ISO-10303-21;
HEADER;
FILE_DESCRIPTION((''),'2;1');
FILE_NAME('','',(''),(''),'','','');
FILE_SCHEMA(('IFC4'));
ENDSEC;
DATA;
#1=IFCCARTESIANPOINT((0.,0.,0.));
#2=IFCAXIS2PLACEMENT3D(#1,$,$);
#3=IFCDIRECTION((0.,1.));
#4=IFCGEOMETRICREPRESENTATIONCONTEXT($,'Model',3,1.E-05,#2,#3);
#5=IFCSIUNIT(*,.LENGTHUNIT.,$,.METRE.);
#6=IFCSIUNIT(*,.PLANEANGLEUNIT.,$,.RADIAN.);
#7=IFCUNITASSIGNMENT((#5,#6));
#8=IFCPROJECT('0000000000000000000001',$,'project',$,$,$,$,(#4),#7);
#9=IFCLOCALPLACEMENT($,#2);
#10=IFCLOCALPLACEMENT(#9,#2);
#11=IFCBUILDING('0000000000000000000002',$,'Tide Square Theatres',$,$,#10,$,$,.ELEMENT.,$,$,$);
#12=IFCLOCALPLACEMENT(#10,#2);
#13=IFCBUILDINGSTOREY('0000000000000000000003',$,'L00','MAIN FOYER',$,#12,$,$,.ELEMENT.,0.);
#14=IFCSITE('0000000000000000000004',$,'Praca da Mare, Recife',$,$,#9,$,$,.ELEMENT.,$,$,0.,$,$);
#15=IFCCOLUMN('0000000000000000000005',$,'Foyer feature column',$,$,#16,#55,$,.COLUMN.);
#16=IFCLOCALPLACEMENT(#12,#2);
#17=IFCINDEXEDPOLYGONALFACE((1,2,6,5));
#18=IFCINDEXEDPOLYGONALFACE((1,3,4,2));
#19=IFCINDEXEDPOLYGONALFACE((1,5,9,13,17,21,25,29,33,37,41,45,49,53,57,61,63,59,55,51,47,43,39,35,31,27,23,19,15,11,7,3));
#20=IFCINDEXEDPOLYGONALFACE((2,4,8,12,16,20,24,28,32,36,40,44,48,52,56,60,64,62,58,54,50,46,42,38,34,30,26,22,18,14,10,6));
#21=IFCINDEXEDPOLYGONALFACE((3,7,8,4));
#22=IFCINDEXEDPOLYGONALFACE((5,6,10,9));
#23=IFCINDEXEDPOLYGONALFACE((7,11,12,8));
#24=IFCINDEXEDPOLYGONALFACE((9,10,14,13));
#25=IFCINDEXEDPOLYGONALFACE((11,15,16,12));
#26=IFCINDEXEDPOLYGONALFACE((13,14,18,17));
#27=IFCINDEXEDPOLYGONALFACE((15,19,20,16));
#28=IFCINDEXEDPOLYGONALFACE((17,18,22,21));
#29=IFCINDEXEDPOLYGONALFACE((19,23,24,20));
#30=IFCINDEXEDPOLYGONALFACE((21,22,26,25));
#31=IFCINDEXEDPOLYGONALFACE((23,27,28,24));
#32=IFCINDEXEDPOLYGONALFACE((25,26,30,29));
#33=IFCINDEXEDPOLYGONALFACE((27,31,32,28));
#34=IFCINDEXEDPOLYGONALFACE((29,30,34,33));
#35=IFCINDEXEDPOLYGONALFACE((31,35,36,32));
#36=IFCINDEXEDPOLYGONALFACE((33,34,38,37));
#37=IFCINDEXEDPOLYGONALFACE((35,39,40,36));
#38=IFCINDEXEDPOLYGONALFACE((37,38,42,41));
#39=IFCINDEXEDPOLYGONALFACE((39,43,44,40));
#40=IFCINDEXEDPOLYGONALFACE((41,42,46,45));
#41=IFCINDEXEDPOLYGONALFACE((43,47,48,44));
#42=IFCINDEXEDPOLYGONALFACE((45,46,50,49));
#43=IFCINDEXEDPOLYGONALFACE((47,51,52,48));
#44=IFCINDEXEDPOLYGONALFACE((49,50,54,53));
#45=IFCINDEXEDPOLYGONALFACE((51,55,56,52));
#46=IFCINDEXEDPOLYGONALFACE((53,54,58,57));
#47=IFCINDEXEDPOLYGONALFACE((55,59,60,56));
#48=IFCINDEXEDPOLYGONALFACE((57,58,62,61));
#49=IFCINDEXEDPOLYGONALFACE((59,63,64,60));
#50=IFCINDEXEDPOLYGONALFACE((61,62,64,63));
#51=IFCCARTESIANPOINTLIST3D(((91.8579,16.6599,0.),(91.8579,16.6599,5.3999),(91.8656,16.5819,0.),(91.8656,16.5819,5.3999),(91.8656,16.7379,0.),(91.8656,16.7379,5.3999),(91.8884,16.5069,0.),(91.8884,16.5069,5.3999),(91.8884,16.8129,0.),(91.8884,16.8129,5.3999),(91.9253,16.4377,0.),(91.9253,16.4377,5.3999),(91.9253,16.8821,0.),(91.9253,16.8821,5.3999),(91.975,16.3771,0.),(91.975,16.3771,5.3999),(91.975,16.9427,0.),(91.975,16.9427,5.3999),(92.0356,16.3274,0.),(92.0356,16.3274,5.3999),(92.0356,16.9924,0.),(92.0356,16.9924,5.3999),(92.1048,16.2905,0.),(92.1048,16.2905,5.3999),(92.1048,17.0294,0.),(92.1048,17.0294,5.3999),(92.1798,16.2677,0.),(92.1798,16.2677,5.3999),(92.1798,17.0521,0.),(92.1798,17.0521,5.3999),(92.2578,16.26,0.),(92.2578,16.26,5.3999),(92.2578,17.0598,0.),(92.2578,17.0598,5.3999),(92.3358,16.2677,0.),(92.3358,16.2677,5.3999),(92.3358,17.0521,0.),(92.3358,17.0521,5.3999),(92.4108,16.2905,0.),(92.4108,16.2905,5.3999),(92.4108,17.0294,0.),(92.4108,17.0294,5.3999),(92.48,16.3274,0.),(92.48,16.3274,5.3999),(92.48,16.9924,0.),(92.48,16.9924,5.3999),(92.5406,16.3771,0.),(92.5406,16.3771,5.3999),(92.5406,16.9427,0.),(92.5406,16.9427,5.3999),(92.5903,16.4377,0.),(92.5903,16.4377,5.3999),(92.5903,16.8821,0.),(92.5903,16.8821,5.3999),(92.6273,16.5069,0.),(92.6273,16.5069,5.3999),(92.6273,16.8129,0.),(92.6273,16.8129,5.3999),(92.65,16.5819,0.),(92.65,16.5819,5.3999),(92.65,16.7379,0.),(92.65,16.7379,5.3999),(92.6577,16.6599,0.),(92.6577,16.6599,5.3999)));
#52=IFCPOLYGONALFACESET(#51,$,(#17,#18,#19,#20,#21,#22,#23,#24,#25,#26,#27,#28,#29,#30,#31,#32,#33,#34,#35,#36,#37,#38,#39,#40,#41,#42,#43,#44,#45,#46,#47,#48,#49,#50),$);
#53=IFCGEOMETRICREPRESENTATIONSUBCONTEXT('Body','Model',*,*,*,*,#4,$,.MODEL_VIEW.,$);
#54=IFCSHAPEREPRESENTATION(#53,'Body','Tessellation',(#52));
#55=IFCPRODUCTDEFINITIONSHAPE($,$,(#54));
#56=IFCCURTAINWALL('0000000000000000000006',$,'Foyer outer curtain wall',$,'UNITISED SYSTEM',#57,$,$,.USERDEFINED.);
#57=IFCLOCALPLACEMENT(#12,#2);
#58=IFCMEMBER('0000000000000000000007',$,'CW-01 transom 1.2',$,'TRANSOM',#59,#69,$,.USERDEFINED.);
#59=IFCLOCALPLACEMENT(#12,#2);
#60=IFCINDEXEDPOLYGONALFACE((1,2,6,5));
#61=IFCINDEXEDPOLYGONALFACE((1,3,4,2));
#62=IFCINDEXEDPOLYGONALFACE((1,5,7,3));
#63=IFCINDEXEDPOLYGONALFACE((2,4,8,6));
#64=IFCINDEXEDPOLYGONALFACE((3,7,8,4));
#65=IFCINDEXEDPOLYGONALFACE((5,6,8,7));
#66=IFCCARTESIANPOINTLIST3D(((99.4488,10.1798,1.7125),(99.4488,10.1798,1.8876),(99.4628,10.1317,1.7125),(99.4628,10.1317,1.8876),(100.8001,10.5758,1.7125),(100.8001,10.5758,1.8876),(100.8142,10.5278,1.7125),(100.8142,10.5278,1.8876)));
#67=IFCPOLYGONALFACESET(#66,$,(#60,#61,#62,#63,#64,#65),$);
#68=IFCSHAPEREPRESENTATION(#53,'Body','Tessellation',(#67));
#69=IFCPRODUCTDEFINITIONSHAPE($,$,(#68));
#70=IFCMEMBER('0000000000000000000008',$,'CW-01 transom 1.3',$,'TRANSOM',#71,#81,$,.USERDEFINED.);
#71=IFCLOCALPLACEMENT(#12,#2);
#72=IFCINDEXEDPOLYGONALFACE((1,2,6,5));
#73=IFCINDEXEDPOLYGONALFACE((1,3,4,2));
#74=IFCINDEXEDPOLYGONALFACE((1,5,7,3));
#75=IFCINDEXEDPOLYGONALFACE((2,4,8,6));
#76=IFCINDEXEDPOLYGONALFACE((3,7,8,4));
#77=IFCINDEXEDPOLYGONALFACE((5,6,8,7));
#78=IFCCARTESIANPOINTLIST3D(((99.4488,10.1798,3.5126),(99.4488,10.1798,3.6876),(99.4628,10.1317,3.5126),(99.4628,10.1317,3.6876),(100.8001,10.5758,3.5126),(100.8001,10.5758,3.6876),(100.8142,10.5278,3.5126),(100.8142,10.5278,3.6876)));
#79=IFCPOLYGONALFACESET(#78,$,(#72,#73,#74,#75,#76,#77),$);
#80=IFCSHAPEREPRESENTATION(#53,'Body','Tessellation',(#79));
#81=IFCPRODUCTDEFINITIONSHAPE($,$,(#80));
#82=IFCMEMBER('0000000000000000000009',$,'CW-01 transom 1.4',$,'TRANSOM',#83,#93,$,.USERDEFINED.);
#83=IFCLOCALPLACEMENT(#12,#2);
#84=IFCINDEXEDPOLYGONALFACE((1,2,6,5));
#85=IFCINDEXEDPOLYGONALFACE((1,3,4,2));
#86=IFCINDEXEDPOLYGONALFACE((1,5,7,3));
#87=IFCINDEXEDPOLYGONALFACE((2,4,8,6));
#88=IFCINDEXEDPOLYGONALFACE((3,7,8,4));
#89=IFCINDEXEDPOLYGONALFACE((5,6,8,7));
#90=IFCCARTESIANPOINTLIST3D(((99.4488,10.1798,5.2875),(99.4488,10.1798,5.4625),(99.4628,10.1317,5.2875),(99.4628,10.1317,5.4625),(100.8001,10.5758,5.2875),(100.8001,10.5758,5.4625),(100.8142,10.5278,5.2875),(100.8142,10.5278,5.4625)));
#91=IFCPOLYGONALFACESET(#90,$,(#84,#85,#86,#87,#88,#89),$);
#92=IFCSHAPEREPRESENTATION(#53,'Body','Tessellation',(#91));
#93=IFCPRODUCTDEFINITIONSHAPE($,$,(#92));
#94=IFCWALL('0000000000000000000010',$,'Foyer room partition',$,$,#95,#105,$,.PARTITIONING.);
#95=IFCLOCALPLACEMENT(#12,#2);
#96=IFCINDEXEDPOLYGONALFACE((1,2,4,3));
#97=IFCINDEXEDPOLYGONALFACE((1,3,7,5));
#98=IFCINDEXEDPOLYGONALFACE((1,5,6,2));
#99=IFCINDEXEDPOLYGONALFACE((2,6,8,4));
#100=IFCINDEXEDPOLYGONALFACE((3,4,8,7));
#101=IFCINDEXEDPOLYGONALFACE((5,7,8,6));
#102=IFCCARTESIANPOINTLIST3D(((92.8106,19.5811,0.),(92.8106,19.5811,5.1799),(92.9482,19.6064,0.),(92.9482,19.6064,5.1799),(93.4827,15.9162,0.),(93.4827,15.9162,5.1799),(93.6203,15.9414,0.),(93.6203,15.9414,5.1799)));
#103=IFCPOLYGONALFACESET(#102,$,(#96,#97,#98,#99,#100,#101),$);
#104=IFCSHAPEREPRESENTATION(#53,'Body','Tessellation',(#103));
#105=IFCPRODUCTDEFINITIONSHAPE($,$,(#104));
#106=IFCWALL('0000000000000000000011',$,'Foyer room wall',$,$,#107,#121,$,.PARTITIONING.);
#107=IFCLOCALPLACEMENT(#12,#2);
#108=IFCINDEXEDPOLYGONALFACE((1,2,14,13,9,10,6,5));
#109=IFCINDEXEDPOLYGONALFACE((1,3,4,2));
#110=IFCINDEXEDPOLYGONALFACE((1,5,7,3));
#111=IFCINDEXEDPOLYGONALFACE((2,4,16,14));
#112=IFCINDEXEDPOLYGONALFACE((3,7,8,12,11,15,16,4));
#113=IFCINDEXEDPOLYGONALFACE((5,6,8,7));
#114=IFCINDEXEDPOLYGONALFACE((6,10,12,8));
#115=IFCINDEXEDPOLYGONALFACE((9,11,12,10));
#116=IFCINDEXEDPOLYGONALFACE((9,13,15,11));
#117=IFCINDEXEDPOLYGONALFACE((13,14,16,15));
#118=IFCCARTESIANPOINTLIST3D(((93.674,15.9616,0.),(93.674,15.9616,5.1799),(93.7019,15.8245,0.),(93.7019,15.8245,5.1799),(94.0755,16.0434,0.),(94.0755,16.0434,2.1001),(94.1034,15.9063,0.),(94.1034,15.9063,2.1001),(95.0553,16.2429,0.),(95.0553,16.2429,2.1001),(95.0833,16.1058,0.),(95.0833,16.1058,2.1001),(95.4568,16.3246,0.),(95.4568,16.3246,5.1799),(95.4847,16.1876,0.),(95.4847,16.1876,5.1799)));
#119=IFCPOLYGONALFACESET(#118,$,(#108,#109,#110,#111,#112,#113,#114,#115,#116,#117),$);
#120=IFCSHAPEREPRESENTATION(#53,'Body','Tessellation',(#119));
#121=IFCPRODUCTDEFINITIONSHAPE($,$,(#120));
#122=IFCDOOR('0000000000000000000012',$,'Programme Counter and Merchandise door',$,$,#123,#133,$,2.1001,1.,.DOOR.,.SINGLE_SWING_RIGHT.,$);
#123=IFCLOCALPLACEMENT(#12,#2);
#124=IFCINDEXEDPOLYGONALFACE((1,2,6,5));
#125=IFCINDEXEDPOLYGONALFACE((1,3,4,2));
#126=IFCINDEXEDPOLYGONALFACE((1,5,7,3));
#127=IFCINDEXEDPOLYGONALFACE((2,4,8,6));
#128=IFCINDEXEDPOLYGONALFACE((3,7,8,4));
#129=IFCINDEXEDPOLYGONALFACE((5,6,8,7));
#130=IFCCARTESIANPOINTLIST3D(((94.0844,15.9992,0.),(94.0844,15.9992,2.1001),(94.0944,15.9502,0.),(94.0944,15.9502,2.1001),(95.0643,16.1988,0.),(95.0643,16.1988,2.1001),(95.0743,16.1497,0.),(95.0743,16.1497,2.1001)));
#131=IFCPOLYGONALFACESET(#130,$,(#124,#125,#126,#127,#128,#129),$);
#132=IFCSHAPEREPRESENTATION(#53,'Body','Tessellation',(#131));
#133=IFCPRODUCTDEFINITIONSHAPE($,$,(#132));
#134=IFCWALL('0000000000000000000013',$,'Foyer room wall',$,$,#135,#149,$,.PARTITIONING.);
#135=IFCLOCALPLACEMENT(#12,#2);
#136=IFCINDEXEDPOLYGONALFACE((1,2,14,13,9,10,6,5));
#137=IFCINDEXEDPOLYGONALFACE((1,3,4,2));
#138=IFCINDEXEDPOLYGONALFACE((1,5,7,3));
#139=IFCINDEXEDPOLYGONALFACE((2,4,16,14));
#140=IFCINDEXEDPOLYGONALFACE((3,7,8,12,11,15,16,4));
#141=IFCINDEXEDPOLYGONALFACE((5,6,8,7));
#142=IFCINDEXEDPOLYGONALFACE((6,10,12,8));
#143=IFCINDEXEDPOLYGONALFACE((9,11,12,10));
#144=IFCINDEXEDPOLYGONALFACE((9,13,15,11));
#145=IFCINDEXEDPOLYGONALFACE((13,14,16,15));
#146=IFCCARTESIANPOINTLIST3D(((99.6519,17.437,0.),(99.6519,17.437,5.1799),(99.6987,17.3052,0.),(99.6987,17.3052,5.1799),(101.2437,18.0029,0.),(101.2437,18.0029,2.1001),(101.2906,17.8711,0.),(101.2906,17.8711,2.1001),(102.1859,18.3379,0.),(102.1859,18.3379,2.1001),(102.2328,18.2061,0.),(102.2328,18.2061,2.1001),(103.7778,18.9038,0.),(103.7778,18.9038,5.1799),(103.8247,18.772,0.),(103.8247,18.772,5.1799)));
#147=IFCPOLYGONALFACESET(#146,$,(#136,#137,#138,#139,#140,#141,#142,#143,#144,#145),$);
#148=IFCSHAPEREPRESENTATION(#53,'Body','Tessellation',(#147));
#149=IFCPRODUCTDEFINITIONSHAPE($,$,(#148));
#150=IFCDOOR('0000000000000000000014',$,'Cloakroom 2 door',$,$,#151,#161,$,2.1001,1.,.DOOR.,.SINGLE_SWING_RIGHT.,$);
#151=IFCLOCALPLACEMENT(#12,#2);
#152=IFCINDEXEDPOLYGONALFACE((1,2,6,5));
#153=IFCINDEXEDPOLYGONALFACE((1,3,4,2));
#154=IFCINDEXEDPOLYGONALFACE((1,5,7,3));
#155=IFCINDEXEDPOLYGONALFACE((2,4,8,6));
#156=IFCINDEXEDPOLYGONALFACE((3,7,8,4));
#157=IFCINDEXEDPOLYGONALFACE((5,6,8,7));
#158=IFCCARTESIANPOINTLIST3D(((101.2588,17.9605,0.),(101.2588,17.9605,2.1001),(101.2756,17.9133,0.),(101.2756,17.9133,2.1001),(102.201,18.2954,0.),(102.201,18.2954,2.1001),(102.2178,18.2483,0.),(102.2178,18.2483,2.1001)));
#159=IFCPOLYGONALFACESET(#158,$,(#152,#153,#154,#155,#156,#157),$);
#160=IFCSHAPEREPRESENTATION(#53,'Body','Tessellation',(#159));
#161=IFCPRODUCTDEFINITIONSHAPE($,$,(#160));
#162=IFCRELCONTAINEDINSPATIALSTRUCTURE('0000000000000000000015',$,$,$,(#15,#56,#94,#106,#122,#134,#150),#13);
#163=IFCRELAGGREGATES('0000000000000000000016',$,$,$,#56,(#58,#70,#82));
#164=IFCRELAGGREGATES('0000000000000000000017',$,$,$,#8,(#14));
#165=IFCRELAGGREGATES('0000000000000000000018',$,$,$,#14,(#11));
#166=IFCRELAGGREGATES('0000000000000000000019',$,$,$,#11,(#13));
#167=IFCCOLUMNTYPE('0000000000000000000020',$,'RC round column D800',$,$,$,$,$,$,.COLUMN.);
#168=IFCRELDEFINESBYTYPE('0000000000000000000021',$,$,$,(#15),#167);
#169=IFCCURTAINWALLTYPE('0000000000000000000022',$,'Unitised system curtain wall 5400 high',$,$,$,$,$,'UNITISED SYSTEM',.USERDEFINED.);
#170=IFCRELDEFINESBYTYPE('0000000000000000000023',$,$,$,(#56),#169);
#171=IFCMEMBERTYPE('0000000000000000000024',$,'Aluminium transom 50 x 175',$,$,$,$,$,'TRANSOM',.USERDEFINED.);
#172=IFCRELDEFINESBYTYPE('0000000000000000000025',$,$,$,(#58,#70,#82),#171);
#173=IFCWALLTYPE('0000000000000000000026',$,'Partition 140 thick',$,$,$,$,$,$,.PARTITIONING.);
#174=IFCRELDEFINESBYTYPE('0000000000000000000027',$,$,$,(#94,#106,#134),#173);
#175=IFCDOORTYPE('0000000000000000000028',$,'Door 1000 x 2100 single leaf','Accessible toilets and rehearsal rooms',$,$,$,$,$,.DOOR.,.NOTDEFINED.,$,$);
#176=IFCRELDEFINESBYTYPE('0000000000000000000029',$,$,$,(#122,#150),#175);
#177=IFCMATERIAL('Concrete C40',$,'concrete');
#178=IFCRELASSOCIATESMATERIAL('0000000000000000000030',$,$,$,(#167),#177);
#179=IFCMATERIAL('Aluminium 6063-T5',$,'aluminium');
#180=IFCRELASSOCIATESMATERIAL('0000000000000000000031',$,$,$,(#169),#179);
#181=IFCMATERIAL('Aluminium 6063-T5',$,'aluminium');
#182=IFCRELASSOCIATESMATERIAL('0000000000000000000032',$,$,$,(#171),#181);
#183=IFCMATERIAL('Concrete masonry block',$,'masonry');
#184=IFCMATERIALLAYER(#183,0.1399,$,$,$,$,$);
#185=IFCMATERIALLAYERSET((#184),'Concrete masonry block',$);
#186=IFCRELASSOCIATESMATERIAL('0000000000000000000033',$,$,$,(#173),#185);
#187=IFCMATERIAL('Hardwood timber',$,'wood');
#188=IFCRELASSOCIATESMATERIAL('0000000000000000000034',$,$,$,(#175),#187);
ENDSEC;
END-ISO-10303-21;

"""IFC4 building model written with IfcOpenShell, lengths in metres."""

from ifc_helpers import new_model, si_unit, direction, frame, frame_2d, origin, origin_2d, place, context, subcontext, project, spatial, rectangle, circle, extrude, material, layer, layer_set, material_profile, profile_set, type_object, element, fill, aggregate, save


model = new_model("IFC4")

# Units and contexts
model_context = context("Model", 3, precision=1e-05, world=origin(), true_north=direction((0.0, 1.0)))
body_context = subcontext(model_context, "Body", "Model", "MODEL_VIEW")
ifc_project = project(units=[si_unit("LENGTHUNIT", "METRE"), si_unit("PLANEANGLEUNIT", "RADIAN")], contexts=[model_context])

# Site, building, storey
site_placement = place(None, origin())
site = spatial("IfcSite", under=ifc_project, at=site_placement, Name="Praca da Mare, Recife", CompositionType="ELEMENT", RefElevation=0.0)
building_placement = place(site_placement, origin())
building = spatial("IfcBuilding", under=site, at=building_placement, Name="Tide Square Theatres", CompositionType="ELEMENT")
storey_placement = place(building_placement, origin())
storey = spatial("IfcBuildingStorey", under=building, at=storey_placement, Name="L00", Description="MAIN FOYER", CompositionType="ELEMENT", Elevation=0.0)

# Column
ifc_material_1 = material(Name="Concrete C40", Category="concrete")
ifc_material_profile_1 = material_profile(ifc_material_1, circle(Radius=0.3999, at=origin_2d()))
ifc_profile_set_1 = profile_set([ifc_material_profile_1], Name="Concrete C40")
column_type = type_object("IfcColumnType", Name="RC round column D800", PredefinedType="COLUMN", material=ifc_profile_set_1)
column_placement = place(storey_placement, frame((92.2578, 16.6599, 0.0), z_axis=(0.0, 0.0, 1.0), x_axis=(1.0, 0.0, 0.0)))
element("IfcColumn", 1, at=column_placement, inside=storey, type_object=column_type, Name="Foyer feature column", PredefinedType="COLUMN", context=body_context, shape_type="SweptSolid", body=[
    extrude(circle(Radius=0.3999, at=origin_2d()), origin(), (0.0, 0.0, 1.0), 5.3999),
])

# Curtain wall, members
ifc_material_2 = material(Name="Aluminium 6063-T5", Category="aluminium")
curtain_wall_type = type_object("IfcCurtainWallType", Name="Unitised system curtain wall 5400 high", ElementType="UNITISED SYSTEM", PredefinedType="USERDEFINED", material=ifc_material_2)
curtain_wall_placement = place(storey_placement, origin())
curtain_wall = element("IfcCurtainWall", 2, at=curtain_wall_placement, inside=storey, type_object=curtain_wall_type, Name="Foyer outer curtain wall", ObjectType="UNITISED SYSTEM", PredefinedType="USERDEFINED")
ifc_material_3 = material(Name="Aluminium 6063-T5", Category="aluminium")
ifc_material_profile_2 = material_profile(ifc_material_3, rectangle(XDim=0.05, YDim=0.175, at=origin_2d()))
ifc_profile_set_2 = profile_set([ifc_material_profile_2], Name="Aluminium 6063-T5")
member_type = type_object("IfcMemberType", Name="Aluminium transom 50 x 175", ElementType="TRANSOM", PredefinedType="USERDEFINED", material=ifc_profile_set_2)
member_1_placement = place(storey_placement, frame((99.4558, 10.1558, 1.8), z_axis=(0.959644, 0.281218, 0.0), x_axis=(-0.281218, 0.959644, 0.0)))
member_1 = element("IfcMember", 3, at=member_1_placement, type_object=member_type, Name="CW-01 transom 1.2", ObjectType="TRANSOM", PredefinedType="USERDEFINED", context=body_context, shape_type="SweptSolid", body=[
    extrude(rectangle(XDim=0.05, YDim=0.175, at=origin_2d()), origin(), (0.0, 0.0, 1.0), 1.4082),
])
member_2_placement = place(storey_placement, frame((99.4558, 10.1558, 3.6001), z_axis=(0.959644, 0.281218, 0.0), x_axis=(-0.281218, 0.959644, 0.0)))
member_2 = element("IfcMember", 4, at=member_2_placement, type_object=member_type, Name="CW-01 transom 1.3", ObjectType="TRANSOM", PredefinedType="USERDEFINED", context=body_context, shape_type="SweptSolid", body=[
    extrude(rectangle(XDim=0.05, YDim=0.175, at=origin_2d()), origin(), (0.0, 0.0, 1.0), 1.4082),
])
member_3_placement = place(storey_placement, frame((99.4558, 10.1558, 5.375), z_axis=(0.959644, 0.281218, 0.0), x_axis=(-0.281218, 0.959644, 0.0)))
member_3 = element("IfcMember", 5, at=member_3_placement, type_object=member_type, Name="CW-01 transom 1.4", ObjectType="TRANSOM", PredefinedType="USERDEFINED", context=body_context, shape_type="SweptSolid", body=[
    extrude(rectangle(XDim=0.05, YDim=0.175, at=origin_2d()), origin(), (0.0, 0.0, 1.0), 1.4082),
])
aggregate(curtain_wall, [member_1, member_2, member_3])

# Wall
ifc_material_4 = material(Name="Concrete masonry block", Category="masonry")
ifc_layer_1 = layer(ifc_material_4, 0.1399)
ifc_layer_set_1 = layer_set([ifc_layer_1], Name="Concrete masonry block")
wall_type_1 = type_object("IfcWallType", Name="Partition 140 thick", PredefinedType="PARTITIONING", material=ifc_layer_set_1)
wall_1_placement = place(storey_placement, frame((92.8794, 19.5938, 0.0), z_axis=(0.0, 0.0, 1.0), x_axis=(0.180379, -0.983597, 0.0)))
element("IfcWall", 6, at=wall_1_placement, inside=storey, type_object=wall_type_1, Name="Foyer room partition", PredefinedType="PARTITIONING", context=body_context, shape_type="SweptSolid", body=[
    extrude(rectangle(XDim=3.7261, YDim=0.1399, at=frame_2d((1.863, 0.0))), origin(), (0.0, 0.0, 1.0), 5.1799),
])

# Walls, openings, doors
wall_2_placement = place(storey_placement, frame((93.688, 15.8931, 0.0), z_axis=(0.0, 0.0, 1.0), x_axis=(0.979888, 0.199547, 0.0)))
wall_2 = element("IfcWall", 7, at=wall_2_placement, inside=storey, type_object=wall_type_1, Name="Foyer room wall", PredefinedType="PARTITIONING", context=body_context, shape_type="SweptSolid", body=[
    extrude(rectangle(XDim=1.8193, YDim=0.1399, at=frame_2d((0.9097, 0.0))), origin(), (0.0, 0.0, 1.0), 5.1799),
])
opening_1_placement = place(wall_2_placement, frame((0.4097, 0.0, 0.0)))
opening_1 = element("IfcOpeningElement", 8, at=opening_1_placement, cuts=wall_2, PredefinedType="OPENING", context=body_context, shape_type="SweptSolid", body=[
    extrude(rectangle(XDim=1.0, YDim=2.1001, at=frame_2d((0.5, 1.05))), frame((0.0, 0.0798, 0.0), z_axis=(0.0, -1.0, 0.0), x_axis=(1.0, 0.0, 0.0)), (0.0, 0.0, 1.0), 0.1599),
])
ifc_material_5 = material(Name="Hardwood timber", Category="wood")
door_type_1 = type_object("IfcDoorType", Name="Door 1000 x 2100 single leaf", Description="Accessible toilets and rehearsal rooms", OperationType="NOTDEFINED", PredefinedType="DOOR", material=ifc_material_5)
door_1_placement = place(opening_1_placement, origin())
door_1 = element("IfcDoor", 9, at=door_1_placement, inside=storey, type_object=door_type_1, Name="Programme Counter and Merchandise door", OperationType="SINGLE_SWING_RIGHT", OverallHeight=2.1001, OverallWidth=1.0, PredefinedType="DOOR", context=body_context, shape_type="SweptSolid", body=[
    extrude(rectangle(XDim=1.0, YDim=2.1001, at=frame_2d((0.5, 1.05))), frame((0.0, 0.0249, 0.0), z_axis=(0.0, -1.0, 0.0), x_axis=(1.0, 0.0, 0.0)), (0.0, 0.0, 1.0), 0.05),
])
fill(opening_1, door_1)
wall_3_placement = place(storey_placement, frame((99.6753, 17.3711, 0.0), z_axis=(0.0, 0.0, 1.0), x_axis=(0.94223, 0.334966, 0.0)))
wall_3 = element("IfcWall", 10, at=wall_3_placement, inside=storey, type_object=wall_type_1, Name="Foyer room wall", PredefinedType="PARTITIONING", context=body_context, shape_type="SweptSolid", body=[
    extrude(rectangle(XDim=4.3789, YDim=0.1399, at=frame_2d((2.1895, 0.0))), origin(), (0.0, 0.0, 1.0), 5.1799),
])
opening_2_placement = place(wall_3_placement, frame((1.6895, 0.0, 0.0)))
opening_2 = element("IfcOpeningElement", 11, at=opening_2_placement, cuts=wall_3, PredefinedType="OPENING", context=body_context, shape_type="SweptSolid", body=[
    extrude(rectangle(XDim=1.0, YDim=2.1001, at=frame_2d((0.5, 1.05))), frame((0.0, 0.0798, 0.0), z_axis=(0.0, -1.0, 0.0), x_axis=(1.0, 0.0, 0.0)), (0.0, 0.0, 1.0), 0.1599),
])
door_2_placement = place(opening_2_placement, origin())
door_2 = element("IfcDoor", 12, at=door_2_placement, inside=storey, type_object=door_type_1, Name="Cloakroom 2 door", OperationType="SINGLE_SWING_RIGHT", OverallHeight=2.1001, OverallWidth=1.0, PredefinedType="DOOR", context=body_context, shape_type="SweptSolid", body=[
    extrude(rectangle(XDim=1.0, YDim=2.1001, at=frame_2d((0.5, 1.05))), frame((0.0, 0.0249, 0.0), z_axis=(0.0, -1.0, 0.0), x_axis=(1.0, 0.0, 0.0)), (0.0, 0.0, 1.0), 0.05),
])
fill(opening_2, door_2)

save(model, "model.ifc")
